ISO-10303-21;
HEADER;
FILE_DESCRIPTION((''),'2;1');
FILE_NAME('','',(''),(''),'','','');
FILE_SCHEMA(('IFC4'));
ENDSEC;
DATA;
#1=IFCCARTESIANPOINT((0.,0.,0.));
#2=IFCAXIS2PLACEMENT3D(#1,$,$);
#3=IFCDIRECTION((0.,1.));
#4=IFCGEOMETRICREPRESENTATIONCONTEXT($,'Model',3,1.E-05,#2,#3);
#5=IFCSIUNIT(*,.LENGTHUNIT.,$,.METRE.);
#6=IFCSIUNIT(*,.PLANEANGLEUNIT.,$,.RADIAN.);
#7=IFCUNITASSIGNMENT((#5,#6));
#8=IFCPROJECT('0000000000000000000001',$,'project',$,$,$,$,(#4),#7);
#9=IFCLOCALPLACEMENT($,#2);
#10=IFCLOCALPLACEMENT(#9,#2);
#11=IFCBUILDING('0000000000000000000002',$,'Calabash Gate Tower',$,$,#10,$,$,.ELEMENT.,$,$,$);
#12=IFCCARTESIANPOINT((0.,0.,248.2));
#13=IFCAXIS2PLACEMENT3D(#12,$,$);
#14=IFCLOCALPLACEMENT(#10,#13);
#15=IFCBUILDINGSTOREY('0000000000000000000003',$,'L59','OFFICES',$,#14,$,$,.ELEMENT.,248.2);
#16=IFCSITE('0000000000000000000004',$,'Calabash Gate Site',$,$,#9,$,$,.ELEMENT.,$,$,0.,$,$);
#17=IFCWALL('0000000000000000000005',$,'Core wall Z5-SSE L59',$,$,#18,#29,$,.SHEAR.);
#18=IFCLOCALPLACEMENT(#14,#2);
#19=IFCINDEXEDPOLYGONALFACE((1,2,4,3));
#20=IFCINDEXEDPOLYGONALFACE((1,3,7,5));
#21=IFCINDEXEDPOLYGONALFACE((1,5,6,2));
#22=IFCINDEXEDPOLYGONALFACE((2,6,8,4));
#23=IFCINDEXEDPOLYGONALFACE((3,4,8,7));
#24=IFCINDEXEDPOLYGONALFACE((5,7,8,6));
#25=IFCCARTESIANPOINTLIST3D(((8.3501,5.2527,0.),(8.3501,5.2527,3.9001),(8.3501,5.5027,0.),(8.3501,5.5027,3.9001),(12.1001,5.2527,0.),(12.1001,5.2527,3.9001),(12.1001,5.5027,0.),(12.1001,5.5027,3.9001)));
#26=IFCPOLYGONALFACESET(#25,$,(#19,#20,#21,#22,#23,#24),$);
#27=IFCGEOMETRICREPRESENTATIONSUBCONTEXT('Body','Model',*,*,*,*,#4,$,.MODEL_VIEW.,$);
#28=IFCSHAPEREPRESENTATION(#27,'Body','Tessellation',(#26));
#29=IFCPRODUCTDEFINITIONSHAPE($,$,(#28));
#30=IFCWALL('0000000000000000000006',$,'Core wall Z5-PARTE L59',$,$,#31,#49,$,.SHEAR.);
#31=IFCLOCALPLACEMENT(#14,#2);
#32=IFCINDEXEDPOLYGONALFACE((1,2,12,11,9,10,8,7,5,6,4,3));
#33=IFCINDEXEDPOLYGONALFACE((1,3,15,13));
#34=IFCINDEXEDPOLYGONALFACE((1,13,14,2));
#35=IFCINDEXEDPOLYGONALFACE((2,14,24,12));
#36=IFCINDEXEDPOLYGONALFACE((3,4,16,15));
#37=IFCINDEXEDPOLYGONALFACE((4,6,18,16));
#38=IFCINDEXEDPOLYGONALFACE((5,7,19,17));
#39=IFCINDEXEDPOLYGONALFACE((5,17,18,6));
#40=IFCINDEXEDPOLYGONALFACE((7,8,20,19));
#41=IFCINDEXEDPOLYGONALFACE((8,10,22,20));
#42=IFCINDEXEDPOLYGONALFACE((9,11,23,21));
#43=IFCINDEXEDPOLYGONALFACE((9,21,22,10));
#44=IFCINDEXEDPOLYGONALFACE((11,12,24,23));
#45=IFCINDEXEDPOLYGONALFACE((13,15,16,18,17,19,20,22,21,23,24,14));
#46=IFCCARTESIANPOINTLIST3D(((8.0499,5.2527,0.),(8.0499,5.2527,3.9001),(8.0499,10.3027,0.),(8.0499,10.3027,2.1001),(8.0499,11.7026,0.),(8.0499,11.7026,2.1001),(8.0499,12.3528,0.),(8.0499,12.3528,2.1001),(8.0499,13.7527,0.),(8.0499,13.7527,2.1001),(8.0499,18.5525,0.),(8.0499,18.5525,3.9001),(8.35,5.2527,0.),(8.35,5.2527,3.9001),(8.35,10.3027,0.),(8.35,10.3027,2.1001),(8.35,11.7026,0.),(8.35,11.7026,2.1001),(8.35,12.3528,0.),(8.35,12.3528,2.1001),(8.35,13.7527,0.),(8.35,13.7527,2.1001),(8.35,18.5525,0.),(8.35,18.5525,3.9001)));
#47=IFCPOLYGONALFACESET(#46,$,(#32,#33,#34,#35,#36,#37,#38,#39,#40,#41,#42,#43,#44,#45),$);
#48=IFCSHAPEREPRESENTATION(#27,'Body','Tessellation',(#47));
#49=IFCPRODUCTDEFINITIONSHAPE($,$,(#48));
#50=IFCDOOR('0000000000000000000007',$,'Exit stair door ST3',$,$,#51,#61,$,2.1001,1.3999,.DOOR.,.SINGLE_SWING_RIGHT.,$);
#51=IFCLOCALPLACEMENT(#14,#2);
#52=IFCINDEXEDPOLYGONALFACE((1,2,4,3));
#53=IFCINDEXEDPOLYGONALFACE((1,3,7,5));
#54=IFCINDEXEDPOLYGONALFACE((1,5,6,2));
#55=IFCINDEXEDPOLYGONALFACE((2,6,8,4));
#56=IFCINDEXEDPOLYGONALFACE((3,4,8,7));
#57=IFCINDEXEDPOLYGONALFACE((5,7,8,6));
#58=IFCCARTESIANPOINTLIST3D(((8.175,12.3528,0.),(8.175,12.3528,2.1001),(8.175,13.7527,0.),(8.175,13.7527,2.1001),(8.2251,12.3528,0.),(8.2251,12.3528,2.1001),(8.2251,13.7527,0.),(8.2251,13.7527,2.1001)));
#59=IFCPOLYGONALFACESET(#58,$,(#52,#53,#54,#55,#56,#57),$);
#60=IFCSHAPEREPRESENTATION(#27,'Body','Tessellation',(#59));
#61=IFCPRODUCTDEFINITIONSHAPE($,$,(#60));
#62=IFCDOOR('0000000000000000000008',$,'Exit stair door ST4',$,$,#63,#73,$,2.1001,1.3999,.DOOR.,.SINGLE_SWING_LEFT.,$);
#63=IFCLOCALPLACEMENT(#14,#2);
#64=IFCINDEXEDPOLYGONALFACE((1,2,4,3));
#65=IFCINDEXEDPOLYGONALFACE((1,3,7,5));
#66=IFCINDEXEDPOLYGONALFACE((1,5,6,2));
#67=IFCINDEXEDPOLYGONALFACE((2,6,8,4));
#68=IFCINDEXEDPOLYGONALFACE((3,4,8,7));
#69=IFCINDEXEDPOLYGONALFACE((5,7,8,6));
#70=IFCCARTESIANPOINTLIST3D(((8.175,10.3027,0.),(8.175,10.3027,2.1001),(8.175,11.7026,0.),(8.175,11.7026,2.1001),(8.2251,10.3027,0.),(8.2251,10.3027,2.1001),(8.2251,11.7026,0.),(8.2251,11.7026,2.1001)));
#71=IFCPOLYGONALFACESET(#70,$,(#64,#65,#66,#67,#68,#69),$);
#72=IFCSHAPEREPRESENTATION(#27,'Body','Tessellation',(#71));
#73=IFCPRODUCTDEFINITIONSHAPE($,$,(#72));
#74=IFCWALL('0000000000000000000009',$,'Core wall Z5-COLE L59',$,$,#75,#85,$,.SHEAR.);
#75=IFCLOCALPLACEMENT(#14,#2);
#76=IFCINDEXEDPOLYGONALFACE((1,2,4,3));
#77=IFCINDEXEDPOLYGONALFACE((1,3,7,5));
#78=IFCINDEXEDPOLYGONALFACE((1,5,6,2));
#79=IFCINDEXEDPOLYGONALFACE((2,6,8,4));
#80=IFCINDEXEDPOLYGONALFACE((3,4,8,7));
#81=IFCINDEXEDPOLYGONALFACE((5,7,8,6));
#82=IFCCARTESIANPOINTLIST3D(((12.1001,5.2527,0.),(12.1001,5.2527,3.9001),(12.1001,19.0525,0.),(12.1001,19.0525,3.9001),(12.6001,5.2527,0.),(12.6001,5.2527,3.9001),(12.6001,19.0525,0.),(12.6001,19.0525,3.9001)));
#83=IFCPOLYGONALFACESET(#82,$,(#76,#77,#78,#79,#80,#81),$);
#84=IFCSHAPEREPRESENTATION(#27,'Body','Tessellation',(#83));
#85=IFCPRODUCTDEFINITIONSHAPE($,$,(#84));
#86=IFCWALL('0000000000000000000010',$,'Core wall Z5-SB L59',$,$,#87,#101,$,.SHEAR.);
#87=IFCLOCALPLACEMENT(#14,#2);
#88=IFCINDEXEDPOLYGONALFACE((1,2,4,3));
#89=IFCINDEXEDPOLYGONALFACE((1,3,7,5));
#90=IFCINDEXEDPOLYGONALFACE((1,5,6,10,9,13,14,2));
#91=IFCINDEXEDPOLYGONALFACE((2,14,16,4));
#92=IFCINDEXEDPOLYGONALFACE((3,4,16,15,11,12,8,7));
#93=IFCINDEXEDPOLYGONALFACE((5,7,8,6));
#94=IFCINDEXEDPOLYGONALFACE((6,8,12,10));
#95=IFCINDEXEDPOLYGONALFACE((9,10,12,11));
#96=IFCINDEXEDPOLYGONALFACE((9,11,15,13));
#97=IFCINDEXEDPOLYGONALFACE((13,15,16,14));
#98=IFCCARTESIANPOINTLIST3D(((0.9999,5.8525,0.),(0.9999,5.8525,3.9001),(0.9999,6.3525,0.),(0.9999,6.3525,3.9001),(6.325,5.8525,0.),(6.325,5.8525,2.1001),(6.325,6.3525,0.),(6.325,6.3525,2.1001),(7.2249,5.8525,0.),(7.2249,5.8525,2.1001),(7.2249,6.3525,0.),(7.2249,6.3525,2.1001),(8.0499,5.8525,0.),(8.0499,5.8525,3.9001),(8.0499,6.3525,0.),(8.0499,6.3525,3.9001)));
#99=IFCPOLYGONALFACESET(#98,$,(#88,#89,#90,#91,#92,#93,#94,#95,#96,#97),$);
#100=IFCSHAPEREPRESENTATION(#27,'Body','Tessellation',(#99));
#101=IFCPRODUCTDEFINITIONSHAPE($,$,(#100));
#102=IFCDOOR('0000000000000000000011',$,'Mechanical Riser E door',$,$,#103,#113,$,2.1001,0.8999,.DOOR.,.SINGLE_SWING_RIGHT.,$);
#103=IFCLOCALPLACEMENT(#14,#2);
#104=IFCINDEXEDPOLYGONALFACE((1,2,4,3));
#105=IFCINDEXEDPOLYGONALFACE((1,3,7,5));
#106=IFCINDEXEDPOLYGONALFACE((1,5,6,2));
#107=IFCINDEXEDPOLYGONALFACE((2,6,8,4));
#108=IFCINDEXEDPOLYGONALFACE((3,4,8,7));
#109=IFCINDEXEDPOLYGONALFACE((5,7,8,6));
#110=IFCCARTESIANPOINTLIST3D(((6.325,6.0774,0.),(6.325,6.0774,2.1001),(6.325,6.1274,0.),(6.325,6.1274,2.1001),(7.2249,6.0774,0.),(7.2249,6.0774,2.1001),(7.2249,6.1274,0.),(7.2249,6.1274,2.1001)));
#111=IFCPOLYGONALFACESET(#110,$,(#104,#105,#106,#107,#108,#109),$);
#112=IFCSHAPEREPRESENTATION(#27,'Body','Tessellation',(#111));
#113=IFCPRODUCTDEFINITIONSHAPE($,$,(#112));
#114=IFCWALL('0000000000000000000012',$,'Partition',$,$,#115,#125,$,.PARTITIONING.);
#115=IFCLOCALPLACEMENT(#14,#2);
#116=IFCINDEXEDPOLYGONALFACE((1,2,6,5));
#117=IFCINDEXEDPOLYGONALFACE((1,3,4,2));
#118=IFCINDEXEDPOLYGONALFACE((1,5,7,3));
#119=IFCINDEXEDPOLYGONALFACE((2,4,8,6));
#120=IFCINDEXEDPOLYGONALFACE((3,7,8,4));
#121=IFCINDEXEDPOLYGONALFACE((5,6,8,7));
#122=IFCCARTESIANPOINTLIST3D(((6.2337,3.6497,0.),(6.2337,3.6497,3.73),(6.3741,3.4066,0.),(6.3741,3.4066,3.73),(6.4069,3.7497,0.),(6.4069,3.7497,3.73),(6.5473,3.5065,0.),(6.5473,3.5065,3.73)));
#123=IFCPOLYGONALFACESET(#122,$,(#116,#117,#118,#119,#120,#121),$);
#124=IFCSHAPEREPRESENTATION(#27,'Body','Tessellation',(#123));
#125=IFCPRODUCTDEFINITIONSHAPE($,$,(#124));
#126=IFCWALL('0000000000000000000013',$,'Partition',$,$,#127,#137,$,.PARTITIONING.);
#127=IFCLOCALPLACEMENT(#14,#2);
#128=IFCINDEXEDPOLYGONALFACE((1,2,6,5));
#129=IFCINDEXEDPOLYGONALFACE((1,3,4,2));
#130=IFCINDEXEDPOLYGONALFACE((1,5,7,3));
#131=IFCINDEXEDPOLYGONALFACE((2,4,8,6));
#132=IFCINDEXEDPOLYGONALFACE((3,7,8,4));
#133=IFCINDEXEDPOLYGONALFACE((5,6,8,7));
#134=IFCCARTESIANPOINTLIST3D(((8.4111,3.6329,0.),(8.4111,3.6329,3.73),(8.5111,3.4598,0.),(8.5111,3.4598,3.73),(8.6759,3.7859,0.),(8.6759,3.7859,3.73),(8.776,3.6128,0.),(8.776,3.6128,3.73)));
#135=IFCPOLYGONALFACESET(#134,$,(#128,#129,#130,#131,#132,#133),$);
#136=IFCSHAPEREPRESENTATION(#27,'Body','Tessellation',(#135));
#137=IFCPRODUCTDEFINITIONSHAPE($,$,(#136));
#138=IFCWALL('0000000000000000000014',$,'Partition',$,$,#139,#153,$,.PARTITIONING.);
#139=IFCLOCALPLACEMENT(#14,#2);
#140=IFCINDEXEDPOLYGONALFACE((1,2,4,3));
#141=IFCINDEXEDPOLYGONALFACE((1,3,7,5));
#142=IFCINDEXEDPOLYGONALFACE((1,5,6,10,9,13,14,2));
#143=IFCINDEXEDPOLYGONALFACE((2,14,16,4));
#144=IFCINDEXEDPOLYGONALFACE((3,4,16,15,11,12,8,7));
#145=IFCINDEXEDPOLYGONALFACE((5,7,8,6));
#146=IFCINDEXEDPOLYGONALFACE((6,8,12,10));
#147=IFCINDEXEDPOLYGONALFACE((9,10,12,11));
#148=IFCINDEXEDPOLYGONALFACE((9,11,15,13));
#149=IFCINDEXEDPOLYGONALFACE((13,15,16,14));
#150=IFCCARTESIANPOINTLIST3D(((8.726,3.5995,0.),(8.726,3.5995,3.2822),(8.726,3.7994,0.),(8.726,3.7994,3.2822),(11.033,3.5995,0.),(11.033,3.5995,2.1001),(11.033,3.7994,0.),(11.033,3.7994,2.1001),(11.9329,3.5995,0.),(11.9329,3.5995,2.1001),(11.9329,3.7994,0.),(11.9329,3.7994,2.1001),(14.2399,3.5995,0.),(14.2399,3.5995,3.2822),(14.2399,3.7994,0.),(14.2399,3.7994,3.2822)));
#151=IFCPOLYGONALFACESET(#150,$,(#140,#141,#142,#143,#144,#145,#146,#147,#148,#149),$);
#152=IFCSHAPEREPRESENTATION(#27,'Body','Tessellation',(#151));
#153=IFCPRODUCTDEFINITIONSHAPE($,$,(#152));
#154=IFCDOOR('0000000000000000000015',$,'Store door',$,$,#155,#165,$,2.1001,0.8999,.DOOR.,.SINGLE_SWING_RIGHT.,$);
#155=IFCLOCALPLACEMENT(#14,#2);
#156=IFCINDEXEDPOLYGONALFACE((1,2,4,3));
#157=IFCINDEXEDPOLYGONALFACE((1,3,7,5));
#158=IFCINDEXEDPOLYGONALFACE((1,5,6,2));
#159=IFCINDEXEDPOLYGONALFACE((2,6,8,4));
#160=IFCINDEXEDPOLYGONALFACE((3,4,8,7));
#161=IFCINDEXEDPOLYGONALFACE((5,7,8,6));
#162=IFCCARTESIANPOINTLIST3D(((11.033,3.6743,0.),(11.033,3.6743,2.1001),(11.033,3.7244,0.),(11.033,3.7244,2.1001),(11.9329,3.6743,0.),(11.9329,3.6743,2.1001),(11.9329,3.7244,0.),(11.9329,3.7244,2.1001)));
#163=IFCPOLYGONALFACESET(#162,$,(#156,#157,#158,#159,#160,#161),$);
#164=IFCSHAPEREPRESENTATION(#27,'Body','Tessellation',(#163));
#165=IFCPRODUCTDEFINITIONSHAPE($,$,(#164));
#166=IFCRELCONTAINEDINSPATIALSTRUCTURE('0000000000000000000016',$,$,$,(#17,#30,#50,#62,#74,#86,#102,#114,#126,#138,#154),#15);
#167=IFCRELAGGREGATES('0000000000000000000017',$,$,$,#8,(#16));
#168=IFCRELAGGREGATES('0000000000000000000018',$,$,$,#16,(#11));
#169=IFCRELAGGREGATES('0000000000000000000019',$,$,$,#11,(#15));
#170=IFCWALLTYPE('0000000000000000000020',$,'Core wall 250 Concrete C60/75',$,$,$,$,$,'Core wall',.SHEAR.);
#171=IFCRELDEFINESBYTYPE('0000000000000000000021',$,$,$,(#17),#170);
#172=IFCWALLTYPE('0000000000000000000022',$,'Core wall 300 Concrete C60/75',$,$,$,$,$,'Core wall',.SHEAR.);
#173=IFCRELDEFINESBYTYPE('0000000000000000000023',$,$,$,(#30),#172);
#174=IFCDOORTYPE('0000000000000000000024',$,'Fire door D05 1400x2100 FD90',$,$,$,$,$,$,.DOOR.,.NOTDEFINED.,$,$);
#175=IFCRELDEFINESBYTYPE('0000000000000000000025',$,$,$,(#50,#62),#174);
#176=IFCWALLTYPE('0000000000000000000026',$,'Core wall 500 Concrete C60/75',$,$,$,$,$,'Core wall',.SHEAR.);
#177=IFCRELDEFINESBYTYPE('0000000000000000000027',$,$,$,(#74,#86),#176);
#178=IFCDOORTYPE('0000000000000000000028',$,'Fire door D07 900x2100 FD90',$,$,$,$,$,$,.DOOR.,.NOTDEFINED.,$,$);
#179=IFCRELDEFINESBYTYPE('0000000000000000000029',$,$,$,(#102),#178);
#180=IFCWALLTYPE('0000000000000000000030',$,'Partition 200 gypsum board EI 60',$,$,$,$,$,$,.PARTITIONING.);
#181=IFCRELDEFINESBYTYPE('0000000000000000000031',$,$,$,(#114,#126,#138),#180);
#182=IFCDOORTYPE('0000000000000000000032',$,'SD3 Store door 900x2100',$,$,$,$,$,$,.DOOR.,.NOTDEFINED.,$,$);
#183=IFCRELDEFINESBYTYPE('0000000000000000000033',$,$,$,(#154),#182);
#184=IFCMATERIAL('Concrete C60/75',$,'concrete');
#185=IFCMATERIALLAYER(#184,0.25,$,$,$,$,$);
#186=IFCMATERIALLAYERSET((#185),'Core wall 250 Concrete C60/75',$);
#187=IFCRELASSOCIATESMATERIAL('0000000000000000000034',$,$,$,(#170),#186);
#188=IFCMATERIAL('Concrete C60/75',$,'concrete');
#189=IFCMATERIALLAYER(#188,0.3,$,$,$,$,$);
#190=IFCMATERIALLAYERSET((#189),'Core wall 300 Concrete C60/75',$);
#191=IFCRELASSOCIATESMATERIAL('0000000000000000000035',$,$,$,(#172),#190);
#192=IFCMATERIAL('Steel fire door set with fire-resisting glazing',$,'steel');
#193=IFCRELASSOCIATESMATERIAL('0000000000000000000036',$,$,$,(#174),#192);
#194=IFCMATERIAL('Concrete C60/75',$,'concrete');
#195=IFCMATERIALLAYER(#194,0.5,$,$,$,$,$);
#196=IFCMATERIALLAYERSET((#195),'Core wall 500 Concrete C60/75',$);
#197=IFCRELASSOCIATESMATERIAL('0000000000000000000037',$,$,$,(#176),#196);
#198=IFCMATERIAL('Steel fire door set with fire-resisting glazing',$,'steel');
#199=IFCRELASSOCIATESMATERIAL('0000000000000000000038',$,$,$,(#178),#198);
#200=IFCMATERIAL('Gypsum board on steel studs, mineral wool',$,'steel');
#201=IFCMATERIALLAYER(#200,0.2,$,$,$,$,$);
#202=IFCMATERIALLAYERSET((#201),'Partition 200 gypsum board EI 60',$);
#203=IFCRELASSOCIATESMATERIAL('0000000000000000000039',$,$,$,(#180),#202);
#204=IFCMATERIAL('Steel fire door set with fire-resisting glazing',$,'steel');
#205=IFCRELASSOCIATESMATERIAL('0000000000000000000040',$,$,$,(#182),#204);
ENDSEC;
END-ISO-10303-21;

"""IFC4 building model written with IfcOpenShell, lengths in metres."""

from ifc_helpers import new_model, si_unit, direction, frame, frame_2d, origin, place, context, subcontext, project, spatial, rectangle, extrude, material, layer, layer_set, type_object, element, fill, save


model = new_model("IFC4")

# Units and contexts
model_context = context("Model", 3, precision=1e-05, world=origin(), true_north=direction((0.0, 1.0)))
body_context = subcontext(model_context, "Body", "Model", "MODEL_VIEW")
ifc_project = project(units=[si_unit("LENGTHUNIT", "METRE"), si_unit("PLANEANGLEUNIT", "RADIAN")], contexts=[model_context])

# Site, building, storey
site_placement = place(None, origin())
site = spatial("IfcSite", under=ifc_project, at=site_placement, Name="Calabash Gate Site", CompositionType="ELEMENT", RefElevation=0.0)
building_placement = place(site_placement, origin())
building = spatial("IfcBuilding", under=site, at=building_placement, Name="Calabash Gate Tower", CompositionType="ELEMENT")
storey_placement = place(building_placement, frame((0.0, 0.0, 248.2)))
storey = spatial("IfcBuildingStorey", under=building, at=storey_placement, Name="L59", Description="OFFICES", CompositionType="ELEMENT", Elevation=248.2)

# Wall
ifc_material_1 = material(Name="Concrete C60/75", Category="concrete")
ifc_layer_1 = layer(ifc_material_1, 0.25)
ifc_layer_set_1 = layer_set([ifc_layer_1], Name="Core wall 250 Concrete C60/75")
wall_type_1 = type_object("IfcWallType", Name="Core wall 250 Concrete C60/75", ElementType="Core wall", PredefinedType="SHEAR", material=ifc_layer_set_1)
wall_1_placement = place(storey_placement, frame((8.3501, 5.3777, 0.0), z_axis=(0.0, 0.0, 1.0), x_axis=(1.0, 0.0, 0.0)))
element("IfcWall", 1, at=wall_1_placement, inside=storey, type_object=wall_type_1, Name="Core wall Z5-SSE L59", PredefinedType="SHEAR", context=body_context, shape_type="SweptSolid", body=[
    extrude(rectangle(XDim=3.75, YDim=0.25, at=frame_2d((1.875, 0.0))), origin(), (0.0, 0.0, 1.0), 3.9001),
])

# Wall, openings, doors
ifc_material_2 = material(Name="Concrete C60/75", Category="concrete")
ifc_layer_2 = layer(ifc_material_2, 0.3)
ifc_layer_set_2 = layer_set([ifc_layer_2], Name="Core wall 300 Concrete C60/75")
wall_type_2 = type_object("IfcWallType", Name="Core wall 300 Concrete C60/75", ElementType="Core wall", PredefinedType="SHEAR", material=ifc_layer_set_2)
wall_2_placement = place(storey_placement, frame((8.2, 5.2527, 0.0), z_axis=(0.0, 0.0, 1.0), x_axis=(0.0, 1.0, 0.0)))
wall_2 = element("IfcWall", 2, at=wall_2_placement, inside=storey, type_object=wall_type_2, Name="Core wall Z5-PARTE L59", PredefinedType="SHEAR", context=body_context, shape_type="SweptSolid", body=[
    extrude(rectangle(XDim=13.2998, YDim=0.3, at=frame_2d((6.6499, 0.0))), origin(), (0.0, 0.0, 1.0), 3.9001),
])
opening_1_placement = place(wall_2_placement, frame((7.1001, 0.0, 0.0)))
opening_1 = element("IfcOpeningElement", 3, at=opening_1_placement, cuts=wall_2, PredefinedType="OPENING", context=body_context, shape_type="SweptSolid", body=[
    extrude(rectangle(XDim=1.3999, YDim=2.1001, at=frame_2d((0.7, 1.05))), frame((0.0, 0.1599, 0.0), z_axis=(0.0, -1.0, 0.0), x_axis=(1.0, 0.0, 0.0)), (0.0, 0.0, 1.0), 0.3201),
])
opening_2_placement = place(wall_2_placement, frame((5.05, 0.0, 0.0)))
opening_2 = element("IfcOpeningElement", 4, at=opening_2_placement, cuts=wall_2, PredefinedType="OPENING", context=body_context, shape_type="SweptSolid", body=[
    extrude(rectangle(XDim=1.3999, YDim=2.1001, at=frame_2d((0.7, 1.05))), frame((0.0, 0.1599, 0.0), z_axis=(0.0, -1.0, 0.0), x_axis=(1.0, 0.0, 0.0)), (0.0, 0.0, 1.0), 0.3201),
])
ifc_material_3 = material(Name="Steel fire door set with fire-resisting glazing", Category="steel")
door_type_1 = type_object("IfcDoorType", Name="Fire door D05 1400x2100 FD90", OperationType="NOTDEFINED", PredefinedType="DOOR", material=ifc_material_3)
door_1_placement = place(opening_1_placement, origin())
door_1 = element("IfcDoor", 5, at=door_1_placement, inside=storey, type_object=door_type_1, Name="Exit stair door ST3", OperationType="SINGLE_SWING_RIGHT", OverallHeight=2.1001, OverallWidth=1.3999, PredefinedType="DOOR", context=body_context, shape_type="SweptSolid", body=[
    extrude(rectangle(XDim=1.3999, YDim=2.1001, at=frame_2d((0.7, 1.05))), frame((0.0, 0.0249, 0.0), z_axis=(0.0, -1.0, 0.0), x_axis=(1.0, 0.0, 0.0)), (0.0, 0.0, 1.0), 0.05),
])
fill(opening_1, door_1)
door_2_placement = place(opening_2_placement, origin())
door_2 = element("IfcDoor", 6, at=door_2_placement, inside=storey, type_object=door_type_1, Name="Exit stair door ST4", OperationType="SINGLE_SWING_LEFT", OverallHeight=2.1001, OverallWidth=1.3999, PredefinedType="DOOR", context=body_context, shape_type="SweptSolid", body=[
    extrude(rectangle(XDim=1.3999, YDim=2.1001, at=frame_2d((0.7, 1.05))), frame((0.0, 0.0249, 0.0), z_axis=(0.0, -1.0, 0.0), x_axis=(1.0, 0.0, 0.0)), (0.0, 0.0, 1.0), 0.05),
])
fill(opening_2, door_2)

# Wall
ifc_material_4 = material(Name="Concrete C60/75", Category="concrete")
ifc_layer_3 = layer(ifc_material_4, 0.5)
ifc_layer_set_3 = layer_set([ifc_layer_3], Name="Core wall 500 Concrete C60/75")
wall_type_3 = type_object("IfcWallType", Name="Core wall 500 Concrete C60/75", ElementType="Core wall", PredefinedType="SHEAR", material=ifc_layer_set_3)
wall_3_placement = place(storey_placement, frame((12.3501, 5.2527, 0.0), z_axis=(0.0, 0.0, 1.0), x_axis=(0.0, 1.0, 0.0)))
element("IfcWall", 7, at=wall_3_placement, inside=storey, type_object=wall_type_3, Name="Core wall Z5-COLE L59", PredefinedType="SHEAR", context=body_context, shape_type="SweptSolid", body=[
    extrude(rectangle(XDim=13.7998, YDim=0.5, at=frame_2d((6.8999, 0.0))), origin(), (0.0, 0.0, 1.0), 3.9001),
])

# Wall, opening, door
wall_4_placement = place(storey_placement, frame((1.0, 6.1025, 0.0), z_axis=(0.0, 0.0, 1.0), x_axis=(1.0, 0.0, 0.0)))
wall_4 = element("IfcWall", 8, at=wall_4_placement, inside=storey, type_object=wall_type_3, Name="Core wall Z5-SB L59", PredefinedType="SHEAR", context=body_context, shape_type="SweptSolid", body=[
    extrude(rectangle(XDim=7.05, YDim=0.5, at=frame_2d((3.5249, 0.0))), origin(), (0.0, 0.0, 1.0), 3.9001),
])
opening_3_placement = place(wall_4_placement, frame((5.325, 0.0, 0.0)))
opening_3 = element("IfcOpeningElement", 9, at=opening_3_placement, cuts=wall_4, PredefinedType="OPENING", context=body_context, shape_type="SweptSolid", body=[
    extrude(rectangle(XDim=0.8999, YDim=2.1001, at=frame_2d((0.45, 1.05))), frame((0.0, 0.26, 0.0), z_axis=(0.0, -1.0, 0.0), x_axis=(1.0, 0.0, 0.0)), (0.0, 0.0, 1.0), 0.52),
])
ifc_material_5 = material(Name="Steel fire door set with fire-resisting glazing", Category="steel")
door_type_2 = type_object("IfcDoorType", Name="Fire door D07 900x2100 FD90", OperationType="NOTDEFINED", PredefinedType="DOOR", material=ifc_material_5)
door_3_placement = place(opening_3_placement, origin())
door_3 = element("IfcDoor", 10, at=door_3_placement, inside=storey, type_object=door_type_2, Name="Mechanical Riser E door", OperationType="SINGLE_SWING_RIGHT", OverallHeight=2.1001, OverallWidth=0.8999, PredefinedType="DOOR", context=body_context, shape_type="SweptSolid", body=[
    extrude(rectangle(XDim=0.8999, YDim=2.1001, at=frame_2d((0.45, 1.05))), frame((0.0, 0.0249, 0.0), z_axis=(0.0, -1.0, 0.0), x_axis=(1.0, 0.0, 0.0)), (0.0, 0.0, 1.0), 0.05),
])
fill(opening_3, door_3)

# Walls
ifc_material_6 = material(Name="Gypsum board on steel studs, mineral wool", Category="steel")
ifc_layer_4 = layer(ifc_material_6, 0.2)
ifc_layer_set_4 = layer_set([ifc_layer_4], Name="Partition 200 gypsum board EI 60")
wall_type_4 = type_object("IfcWallType", Name="Partition 200 gypsum board EI 60", PredefinedType="PARTITIONING", material=ifc_layer_set_4)
wall_5_placement = place(storey_placement, frame((6.3203, 3.6997, 0.0), z_axis=(0.0, 0.0, 1.0), x_axis=(0.499973, -0.866041, 0.0)))
element("IfcWall", 11, at=wall_5_placement, inside=storey, type_object=wall_type_4, Name="Partition", PredefinedType="PARTITIONING", context=body_context, shape_type="SweptSolid", body=[
    extrude(rectangle(XDim=0.2808, YDim=0.2, at=frame_2d((0.1404, 0.0))), origin(), (0.0, 0.0, 1.0), 3.73),
])
wall_6_placement = place(storey_placement, frame((8.4612, 3.5464, 0.0), z_axis=(0.0, 0.0, 1.0), x_axis=(0.865827, 0.500344, 0.0)))
element("IfcWall", 12, at=wall_6_placement, inside=storey, type_object=wall_type_4, Name="Partition", PredefinedType="PARTITIONING", context=body_context, shape_type="SweptSolid", body=[
    extrude(rectangle(XDim=0.3059, YDim=0.2, at=frame_2d((0.1528, 0.0))), origin(), (0.0, 0.0, 1.0), 3.73),
])

# Wall, opening, door
wall_7_placement = place(storey_placement, frame((8.7261, 3.6995, 0.0), z_axis=(0.0, 0.0, 1.0), x_axis=(1.0, 0.0, 0.0)))
wall_7 = element("IfcWall", 13, at=wall_7_placement, inside=storey, type_object=wall_type_4, Name="Partition", PredefinedType="PARTITIONING", context=body_context, shape_type="SweptSolid", body=[
    extrude(rectangle(XDim=5.5139, YDim=0.2, at=frame_2d((2.7568, 0.0))), origin(), (0.0, 0.0, 1.0), 3.2822),
])
opening_4_placement = place(wall_7_placement, frame((2.3069, 0.0, 0.0)))
opening_4 = element("IfcOpeningElement", 14, at=opening_4_placement, cuts=wall_7, PredefinedType="OPENING", context=body_context, shape_type="SweptSolid", body=[
    extrude(rectangle(XDim=0.8999, YDim=2.1001, at=frame_2d((0.45, 1.05))), frame((0.0, 0.1099, 0.0), z_axis=(0.0, -1.0, 0.0), x_axis=(1.0, 0.0, 0.0)), (0.0, 0.0, 1.0), 0.22),
])
ifc_material_7 = material(Name="Steel fire door set with fire-resisting glazing", Category="steel")
door_type_3 = type_object("IfcDoorType", Name="SD3 Store door 900x2100", OperationType="NOTDEFINED", PredefinedType="DOOR", material=ifc_material_7)
door_4_placement = place(opening_4_placement, origin())
door_4 = element("IfcDoor", 15, at=door_4_placement, inside=storey, type_object=door_type_3, Name="Store door", OperationType="SINGLE_SWING_RIGHT", OverallHeight=2.1001, OverallWidth=0.8999, PredefinedType="DOOR", context=body_context, shape_type="SweptSolid", body=[
    extrude(rectangle(XDim=0.8999, YDim=2.1001, at=frame_2d((0.45, 1.05))), frame((0.0, 0.0249, 0.0), z_axis=(0.0, -1.0, 0.0), x_axis=(1.0, 0.0, 0.0)), (0.0, 0.0, 1.0), 0.05),
])
fill(opening_4, door_4)

save(model, "model.ifc")
